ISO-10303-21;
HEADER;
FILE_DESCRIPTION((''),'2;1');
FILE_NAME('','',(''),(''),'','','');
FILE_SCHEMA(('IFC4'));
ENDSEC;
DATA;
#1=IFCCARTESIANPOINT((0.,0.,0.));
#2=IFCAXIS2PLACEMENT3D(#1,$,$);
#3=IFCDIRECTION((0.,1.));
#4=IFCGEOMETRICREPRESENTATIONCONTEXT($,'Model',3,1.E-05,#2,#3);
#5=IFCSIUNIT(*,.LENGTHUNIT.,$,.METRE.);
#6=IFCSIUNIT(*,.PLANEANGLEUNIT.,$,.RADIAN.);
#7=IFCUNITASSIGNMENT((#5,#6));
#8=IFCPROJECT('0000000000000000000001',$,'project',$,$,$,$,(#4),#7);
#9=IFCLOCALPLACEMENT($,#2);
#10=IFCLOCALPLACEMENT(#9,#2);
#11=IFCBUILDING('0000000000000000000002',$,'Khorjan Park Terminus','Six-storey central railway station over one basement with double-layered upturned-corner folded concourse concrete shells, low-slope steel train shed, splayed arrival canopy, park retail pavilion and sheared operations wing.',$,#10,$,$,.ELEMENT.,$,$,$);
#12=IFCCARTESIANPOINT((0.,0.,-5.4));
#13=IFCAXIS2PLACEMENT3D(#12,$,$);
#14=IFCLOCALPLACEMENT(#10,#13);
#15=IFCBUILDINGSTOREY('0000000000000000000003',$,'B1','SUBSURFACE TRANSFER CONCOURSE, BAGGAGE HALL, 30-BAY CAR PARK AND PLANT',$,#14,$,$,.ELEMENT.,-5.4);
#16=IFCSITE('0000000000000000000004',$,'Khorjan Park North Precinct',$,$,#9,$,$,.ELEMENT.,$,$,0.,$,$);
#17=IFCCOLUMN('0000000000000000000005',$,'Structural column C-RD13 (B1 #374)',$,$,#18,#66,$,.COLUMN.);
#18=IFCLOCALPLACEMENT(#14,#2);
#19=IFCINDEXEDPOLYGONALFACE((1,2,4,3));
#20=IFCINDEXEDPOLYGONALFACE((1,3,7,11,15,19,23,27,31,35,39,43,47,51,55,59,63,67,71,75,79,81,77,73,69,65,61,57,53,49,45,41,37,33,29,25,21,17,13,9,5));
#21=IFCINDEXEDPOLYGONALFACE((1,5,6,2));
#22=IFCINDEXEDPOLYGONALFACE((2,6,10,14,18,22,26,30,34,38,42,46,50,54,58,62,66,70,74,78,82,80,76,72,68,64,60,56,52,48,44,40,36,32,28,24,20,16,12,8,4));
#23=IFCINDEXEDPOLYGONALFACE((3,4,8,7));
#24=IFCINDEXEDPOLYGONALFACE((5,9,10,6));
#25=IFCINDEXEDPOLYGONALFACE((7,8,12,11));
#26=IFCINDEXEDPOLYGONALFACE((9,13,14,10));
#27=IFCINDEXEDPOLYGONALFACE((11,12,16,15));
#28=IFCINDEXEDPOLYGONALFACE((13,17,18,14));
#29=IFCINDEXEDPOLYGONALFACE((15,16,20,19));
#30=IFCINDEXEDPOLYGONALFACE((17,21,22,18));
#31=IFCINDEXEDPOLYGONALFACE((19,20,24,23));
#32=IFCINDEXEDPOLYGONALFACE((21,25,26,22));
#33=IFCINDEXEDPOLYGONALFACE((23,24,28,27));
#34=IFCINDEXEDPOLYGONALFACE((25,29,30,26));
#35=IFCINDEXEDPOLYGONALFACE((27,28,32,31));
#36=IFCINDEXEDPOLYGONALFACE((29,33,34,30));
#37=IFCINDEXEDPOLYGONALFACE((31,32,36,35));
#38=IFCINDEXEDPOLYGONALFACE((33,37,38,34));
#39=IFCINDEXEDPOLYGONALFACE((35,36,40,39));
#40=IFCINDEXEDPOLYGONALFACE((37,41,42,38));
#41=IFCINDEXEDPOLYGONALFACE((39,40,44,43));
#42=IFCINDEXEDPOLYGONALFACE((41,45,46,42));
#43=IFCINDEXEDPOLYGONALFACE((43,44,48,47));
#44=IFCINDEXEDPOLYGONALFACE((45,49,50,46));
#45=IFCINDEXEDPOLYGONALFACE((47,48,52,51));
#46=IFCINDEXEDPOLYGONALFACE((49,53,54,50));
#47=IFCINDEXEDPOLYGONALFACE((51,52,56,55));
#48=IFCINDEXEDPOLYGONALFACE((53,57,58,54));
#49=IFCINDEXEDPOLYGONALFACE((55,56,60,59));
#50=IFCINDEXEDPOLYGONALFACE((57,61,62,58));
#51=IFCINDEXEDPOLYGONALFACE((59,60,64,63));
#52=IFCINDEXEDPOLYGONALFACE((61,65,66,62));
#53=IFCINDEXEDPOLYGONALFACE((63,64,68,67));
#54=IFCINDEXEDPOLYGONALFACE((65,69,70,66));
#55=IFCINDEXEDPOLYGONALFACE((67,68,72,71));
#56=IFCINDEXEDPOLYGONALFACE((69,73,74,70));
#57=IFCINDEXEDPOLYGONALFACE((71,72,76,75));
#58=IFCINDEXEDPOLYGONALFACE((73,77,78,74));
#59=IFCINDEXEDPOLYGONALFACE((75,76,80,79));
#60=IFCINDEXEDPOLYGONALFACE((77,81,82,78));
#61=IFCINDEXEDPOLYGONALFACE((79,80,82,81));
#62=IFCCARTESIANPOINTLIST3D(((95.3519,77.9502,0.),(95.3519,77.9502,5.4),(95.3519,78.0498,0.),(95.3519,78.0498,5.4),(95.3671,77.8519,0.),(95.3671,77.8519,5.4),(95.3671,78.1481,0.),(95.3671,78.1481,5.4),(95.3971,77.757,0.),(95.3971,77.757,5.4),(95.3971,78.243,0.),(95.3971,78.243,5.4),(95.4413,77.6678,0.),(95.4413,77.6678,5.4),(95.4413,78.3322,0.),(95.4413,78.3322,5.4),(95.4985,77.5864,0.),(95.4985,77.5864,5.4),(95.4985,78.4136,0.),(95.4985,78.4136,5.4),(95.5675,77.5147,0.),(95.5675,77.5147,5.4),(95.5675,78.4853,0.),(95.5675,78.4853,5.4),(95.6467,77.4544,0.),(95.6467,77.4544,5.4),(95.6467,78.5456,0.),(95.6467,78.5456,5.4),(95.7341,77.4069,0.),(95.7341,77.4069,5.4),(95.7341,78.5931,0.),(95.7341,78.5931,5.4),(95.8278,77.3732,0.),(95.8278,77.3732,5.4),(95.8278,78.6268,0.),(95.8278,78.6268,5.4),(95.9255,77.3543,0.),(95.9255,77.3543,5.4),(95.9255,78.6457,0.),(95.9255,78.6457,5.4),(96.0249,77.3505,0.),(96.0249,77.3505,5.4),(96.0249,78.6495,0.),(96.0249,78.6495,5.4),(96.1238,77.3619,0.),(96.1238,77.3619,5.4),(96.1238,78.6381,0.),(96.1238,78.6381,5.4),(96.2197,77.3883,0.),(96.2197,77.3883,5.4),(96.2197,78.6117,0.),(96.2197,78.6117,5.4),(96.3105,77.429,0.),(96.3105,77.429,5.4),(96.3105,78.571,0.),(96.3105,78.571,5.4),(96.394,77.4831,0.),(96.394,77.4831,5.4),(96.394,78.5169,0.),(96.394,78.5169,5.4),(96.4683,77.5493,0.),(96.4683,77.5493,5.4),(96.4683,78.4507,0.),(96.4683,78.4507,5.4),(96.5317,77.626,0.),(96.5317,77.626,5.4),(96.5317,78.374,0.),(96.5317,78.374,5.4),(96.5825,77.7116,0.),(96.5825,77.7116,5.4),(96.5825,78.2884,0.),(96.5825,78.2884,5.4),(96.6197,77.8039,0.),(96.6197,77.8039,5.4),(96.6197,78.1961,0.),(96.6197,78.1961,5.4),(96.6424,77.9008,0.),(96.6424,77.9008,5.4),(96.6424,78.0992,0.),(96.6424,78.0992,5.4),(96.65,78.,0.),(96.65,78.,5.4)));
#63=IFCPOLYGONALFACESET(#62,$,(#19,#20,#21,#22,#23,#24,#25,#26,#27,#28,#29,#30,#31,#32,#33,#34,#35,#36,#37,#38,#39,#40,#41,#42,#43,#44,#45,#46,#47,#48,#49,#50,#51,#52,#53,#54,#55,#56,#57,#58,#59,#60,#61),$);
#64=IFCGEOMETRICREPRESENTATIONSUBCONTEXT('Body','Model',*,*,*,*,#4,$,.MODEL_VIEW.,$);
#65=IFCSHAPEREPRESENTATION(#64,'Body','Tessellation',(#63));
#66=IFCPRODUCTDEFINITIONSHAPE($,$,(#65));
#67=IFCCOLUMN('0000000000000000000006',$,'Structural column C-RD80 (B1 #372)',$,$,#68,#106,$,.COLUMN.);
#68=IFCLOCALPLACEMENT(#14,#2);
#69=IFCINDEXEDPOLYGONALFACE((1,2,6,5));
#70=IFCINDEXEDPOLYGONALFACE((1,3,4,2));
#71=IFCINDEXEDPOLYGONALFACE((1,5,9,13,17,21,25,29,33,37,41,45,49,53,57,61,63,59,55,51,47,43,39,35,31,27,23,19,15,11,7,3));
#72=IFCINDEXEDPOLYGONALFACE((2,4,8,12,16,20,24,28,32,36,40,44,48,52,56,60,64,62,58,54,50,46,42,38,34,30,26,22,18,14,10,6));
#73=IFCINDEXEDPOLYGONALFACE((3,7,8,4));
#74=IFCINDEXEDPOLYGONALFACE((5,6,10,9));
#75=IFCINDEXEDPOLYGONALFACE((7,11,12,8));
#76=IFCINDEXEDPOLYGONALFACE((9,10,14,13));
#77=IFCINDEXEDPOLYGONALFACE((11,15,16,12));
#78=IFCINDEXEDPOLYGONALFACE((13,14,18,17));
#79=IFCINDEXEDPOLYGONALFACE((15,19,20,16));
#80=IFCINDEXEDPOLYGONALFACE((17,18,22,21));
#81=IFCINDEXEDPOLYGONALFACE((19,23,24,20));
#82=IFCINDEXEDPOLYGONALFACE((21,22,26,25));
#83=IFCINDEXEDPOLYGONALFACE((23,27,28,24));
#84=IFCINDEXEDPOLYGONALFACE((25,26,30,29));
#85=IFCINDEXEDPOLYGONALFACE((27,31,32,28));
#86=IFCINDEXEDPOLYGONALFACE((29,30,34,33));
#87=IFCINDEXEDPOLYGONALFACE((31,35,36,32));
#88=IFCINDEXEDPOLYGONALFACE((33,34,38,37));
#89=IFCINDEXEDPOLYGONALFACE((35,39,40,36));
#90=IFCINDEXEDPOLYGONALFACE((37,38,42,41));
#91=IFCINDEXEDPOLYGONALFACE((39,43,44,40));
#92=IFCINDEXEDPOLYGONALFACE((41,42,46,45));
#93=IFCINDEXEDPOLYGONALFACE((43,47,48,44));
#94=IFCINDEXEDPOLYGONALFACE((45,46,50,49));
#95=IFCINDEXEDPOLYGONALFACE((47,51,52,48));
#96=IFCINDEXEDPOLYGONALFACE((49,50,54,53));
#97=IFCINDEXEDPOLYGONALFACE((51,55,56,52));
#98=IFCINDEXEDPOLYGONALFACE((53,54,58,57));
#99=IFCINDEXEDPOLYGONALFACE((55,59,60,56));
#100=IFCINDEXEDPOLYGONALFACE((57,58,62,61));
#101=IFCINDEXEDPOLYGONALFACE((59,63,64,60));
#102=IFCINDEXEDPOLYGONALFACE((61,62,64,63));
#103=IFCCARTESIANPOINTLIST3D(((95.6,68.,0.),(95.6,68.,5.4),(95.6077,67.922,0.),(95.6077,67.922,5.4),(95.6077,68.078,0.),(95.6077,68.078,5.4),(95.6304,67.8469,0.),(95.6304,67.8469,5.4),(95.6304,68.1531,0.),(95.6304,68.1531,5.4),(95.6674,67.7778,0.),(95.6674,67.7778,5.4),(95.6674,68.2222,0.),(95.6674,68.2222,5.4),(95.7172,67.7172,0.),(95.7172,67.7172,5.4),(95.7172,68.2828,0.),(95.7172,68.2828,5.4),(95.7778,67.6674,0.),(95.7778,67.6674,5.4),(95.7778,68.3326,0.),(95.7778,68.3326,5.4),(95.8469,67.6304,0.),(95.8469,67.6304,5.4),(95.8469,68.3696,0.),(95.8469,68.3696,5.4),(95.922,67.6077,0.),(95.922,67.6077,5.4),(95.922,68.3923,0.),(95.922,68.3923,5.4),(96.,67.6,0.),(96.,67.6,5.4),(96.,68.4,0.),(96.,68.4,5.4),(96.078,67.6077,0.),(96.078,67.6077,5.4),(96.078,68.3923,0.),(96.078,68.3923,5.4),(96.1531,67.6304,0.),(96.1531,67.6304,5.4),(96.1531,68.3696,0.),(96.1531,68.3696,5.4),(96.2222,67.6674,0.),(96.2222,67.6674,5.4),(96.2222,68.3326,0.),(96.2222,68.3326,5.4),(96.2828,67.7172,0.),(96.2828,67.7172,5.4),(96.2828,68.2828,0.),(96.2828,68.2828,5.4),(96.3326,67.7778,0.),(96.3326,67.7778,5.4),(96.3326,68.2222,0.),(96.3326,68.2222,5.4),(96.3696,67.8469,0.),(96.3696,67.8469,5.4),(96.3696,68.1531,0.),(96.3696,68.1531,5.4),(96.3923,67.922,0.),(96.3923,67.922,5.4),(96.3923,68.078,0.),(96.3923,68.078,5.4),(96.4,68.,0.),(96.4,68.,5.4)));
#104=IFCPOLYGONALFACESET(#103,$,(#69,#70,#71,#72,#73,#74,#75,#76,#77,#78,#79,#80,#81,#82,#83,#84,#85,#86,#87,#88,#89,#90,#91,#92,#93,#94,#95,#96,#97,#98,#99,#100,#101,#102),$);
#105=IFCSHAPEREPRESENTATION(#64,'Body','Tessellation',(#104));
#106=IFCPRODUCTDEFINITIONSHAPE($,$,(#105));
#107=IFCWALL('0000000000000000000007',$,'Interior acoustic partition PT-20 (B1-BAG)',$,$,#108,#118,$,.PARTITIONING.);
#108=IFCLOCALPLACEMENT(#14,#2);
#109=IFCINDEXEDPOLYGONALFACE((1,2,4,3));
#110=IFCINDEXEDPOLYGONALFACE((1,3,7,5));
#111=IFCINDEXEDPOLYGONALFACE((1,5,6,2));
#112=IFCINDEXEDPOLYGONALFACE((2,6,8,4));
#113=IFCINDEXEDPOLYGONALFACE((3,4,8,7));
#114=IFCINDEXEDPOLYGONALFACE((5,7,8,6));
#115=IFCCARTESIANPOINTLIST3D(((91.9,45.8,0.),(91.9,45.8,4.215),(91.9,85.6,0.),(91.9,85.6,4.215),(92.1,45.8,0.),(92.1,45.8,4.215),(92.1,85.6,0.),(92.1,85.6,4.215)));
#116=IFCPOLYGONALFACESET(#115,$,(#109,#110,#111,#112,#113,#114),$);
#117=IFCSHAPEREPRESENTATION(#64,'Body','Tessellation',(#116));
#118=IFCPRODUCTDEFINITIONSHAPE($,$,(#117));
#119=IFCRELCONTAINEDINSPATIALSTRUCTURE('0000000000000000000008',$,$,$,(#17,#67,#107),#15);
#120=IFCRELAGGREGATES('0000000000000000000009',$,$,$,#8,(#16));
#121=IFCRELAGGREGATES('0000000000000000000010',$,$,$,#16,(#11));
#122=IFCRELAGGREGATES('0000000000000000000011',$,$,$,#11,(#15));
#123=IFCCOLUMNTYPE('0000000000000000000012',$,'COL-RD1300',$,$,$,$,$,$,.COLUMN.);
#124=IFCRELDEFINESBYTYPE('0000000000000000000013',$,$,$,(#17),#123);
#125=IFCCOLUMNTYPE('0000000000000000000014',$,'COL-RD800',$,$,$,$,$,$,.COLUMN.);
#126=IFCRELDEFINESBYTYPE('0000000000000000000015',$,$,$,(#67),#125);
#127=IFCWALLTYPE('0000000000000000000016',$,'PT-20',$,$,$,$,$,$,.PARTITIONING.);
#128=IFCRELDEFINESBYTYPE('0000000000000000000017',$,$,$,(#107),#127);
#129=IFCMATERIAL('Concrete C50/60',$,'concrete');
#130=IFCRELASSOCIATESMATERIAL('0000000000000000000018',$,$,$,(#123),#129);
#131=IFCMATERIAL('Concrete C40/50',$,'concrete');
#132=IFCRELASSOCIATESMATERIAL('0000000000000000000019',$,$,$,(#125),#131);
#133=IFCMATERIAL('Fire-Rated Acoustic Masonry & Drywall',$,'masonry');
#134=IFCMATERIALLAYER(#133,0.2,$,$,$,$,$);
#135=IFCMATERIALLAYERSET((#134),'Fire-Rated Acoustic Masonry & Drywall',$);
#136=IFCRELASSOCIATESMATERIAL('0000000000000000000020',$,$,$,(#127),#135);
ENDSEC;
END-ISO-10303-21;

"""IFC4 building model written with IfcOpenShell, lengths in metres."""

from ifc_helpers import new_model, si_unit, direction, frame, frame_2d, origin, origin_2d, place, context, subcontext, project, spatial, rectangle, circle, extrude, material, layer, layer_set, material_profile, profile_set, type_object, element, save


model = new_model("IFC4")

# Units and contexts
model_context = context("Model", 3, precision=1e-05, world=origin(), true_north=direction((0.0, 1.0)))
body_context = subcontext(model_context, "Body", "Model", "MODEL_VIEW")
ifc_project = project(units=[si_unit("LENGTHUNIT", "METRE"), si_unit("PLANEANGLEUNIT", "RADIAN")], contexts=[model_context])

# Site, building, storey
site_placement = place(None, origin())
site = spatial("IfcSite", under=ifc_project, at=site_placement, Name="Khorjan Park North Precinct", CompositionType="ELEMENT", RefElevation=0.0)
building_placement = place(site_placement, origin())
building = spatial("IfcBuilding", under=site, at=building_placement, Name="Khorjan Park Terminus", Description="Six-storey central railway station over one basement with double-layered upturned-corner folded concourse concrete shells, low-slope steel train shed, splayed arrival canopy, park retail pavilion and sheared operations wing.", CompositionType="ELEMENT")
storey_placement = place(building_placement, frame((0.0, 0.0, -5.4)))
storey = spatial("IfcBuildingStorey", under=building, at=storey_placement, Name="B1", Description="SUBSURFACE TRANSFER CONCOURSE, BAGGAGE HALL, 30-BAY CAR PARK AND PLANT", CompositionType="ELEMENT", Elevation=-5.4)

# Shared definitions
ifc_material_1 = material(Name="Concrete C40/50", Category="concrete")

# Columns
ifc_material_2 = material(Name="Concrete C50/60", Category="concrete")
ifc_material_profile_1 = material_profile(ifc_material_2, circle(Radius=0.65, at=origin_2d()), Name="RC D1300")
ifc_profile_set_1 = profile_set([ifc_material_profile_1], Name="Concrete C50/60")
column_type_1 = type_object("IfcColumnType", Name="COL-RD1300", PredefinedType="COLUMN", material=ifc_profile_set_1)
column_1_placement = place(storey_placement, frame((96.0, 78.0, 0.0), z_axis=(0.0, 0.0, 1.0), x_axis=(1.0, 0.0, 0.0)))
element("IfcColumn", 1, at=column_1_placement, inside=storey, type_object=column_type_1, Name="Structural column C-RD13 (B1 #374)", PredefinedType="COLUMN", context=body_context, shape_type="SweptSolid", body=[
    extrude(circle(Radius=0.65, at=origin_2d()), origin(), (0.0, 0.0, 1.0), 5.4),
])
ifc_material_profile_2 = material_profile(ifc_material_1, circle(Radius=0.4, at=origin_2d()), Name="RC D800")
ifc_profile_set_2 = profile_set([ifc_material_profile_2], Name="Concrete C40/50")
column_type_2 = type_object("IfcColumnType", Name="COL-RD800", PredefinedType="COLUMN", material=ifc_profile_set_2)
column_2_placement = place(storey_placement, frame((96.0, 68.0, 0.0), z_axis=(0.0, 0.0, 1.0), x_axis=(1.0, 0.0, 0.0)))
element("IfcColumn", 2, at=column_2_placement, inside=storey, type_object=column_type_2, Name="Structural column C-RD80 (B1 #372)", PredefinedType="COLUMN", context=body_context, shape_type="SweptSolid", body=[
    extrude(circle(Radius=0.4, at=origin_2d()), origin(), (0.0, 0.0, 1.0), 5.4),
])

# Wall
ifc_material_3 = material(Name="Fire-Rated Acoustic Masonry & Drywall", Category="masonry")
ifc_layer = layer(ifc_material_3, 0.2)
ifc_layer_set = layer_set([ifc_layer], Name="Fire-Rated Acoustic Masonry & Drywall")
wall_type = type_object("IfcWallType", Name="PT-20", PredefinedType="PARTITIONING", material=ifc_layer_set)
wall_placement = place(storey_placement, frame((92.0, 85.6, 0.0), z_axis=(0.0, 0.0, 1.0), x_axis=(0.0, -1.0, 0.0)))
element("IfcWall", 3, at=wall_placement, inside=storey, type_object=wall_type, Name="Interior acoustic partition PT-20 (B1-BAG)", PredefinedType="PARTITIONING", context=body_context, shape_type="SweptSolid", body=[
    extrude(rectangle(XDim=39.8, YDim=0.2, at=frame_2d((19.9, 0.0))), origin(), (0.0, 0.0, 1.0), 4.215),
])

save(model, "model.ifc")
